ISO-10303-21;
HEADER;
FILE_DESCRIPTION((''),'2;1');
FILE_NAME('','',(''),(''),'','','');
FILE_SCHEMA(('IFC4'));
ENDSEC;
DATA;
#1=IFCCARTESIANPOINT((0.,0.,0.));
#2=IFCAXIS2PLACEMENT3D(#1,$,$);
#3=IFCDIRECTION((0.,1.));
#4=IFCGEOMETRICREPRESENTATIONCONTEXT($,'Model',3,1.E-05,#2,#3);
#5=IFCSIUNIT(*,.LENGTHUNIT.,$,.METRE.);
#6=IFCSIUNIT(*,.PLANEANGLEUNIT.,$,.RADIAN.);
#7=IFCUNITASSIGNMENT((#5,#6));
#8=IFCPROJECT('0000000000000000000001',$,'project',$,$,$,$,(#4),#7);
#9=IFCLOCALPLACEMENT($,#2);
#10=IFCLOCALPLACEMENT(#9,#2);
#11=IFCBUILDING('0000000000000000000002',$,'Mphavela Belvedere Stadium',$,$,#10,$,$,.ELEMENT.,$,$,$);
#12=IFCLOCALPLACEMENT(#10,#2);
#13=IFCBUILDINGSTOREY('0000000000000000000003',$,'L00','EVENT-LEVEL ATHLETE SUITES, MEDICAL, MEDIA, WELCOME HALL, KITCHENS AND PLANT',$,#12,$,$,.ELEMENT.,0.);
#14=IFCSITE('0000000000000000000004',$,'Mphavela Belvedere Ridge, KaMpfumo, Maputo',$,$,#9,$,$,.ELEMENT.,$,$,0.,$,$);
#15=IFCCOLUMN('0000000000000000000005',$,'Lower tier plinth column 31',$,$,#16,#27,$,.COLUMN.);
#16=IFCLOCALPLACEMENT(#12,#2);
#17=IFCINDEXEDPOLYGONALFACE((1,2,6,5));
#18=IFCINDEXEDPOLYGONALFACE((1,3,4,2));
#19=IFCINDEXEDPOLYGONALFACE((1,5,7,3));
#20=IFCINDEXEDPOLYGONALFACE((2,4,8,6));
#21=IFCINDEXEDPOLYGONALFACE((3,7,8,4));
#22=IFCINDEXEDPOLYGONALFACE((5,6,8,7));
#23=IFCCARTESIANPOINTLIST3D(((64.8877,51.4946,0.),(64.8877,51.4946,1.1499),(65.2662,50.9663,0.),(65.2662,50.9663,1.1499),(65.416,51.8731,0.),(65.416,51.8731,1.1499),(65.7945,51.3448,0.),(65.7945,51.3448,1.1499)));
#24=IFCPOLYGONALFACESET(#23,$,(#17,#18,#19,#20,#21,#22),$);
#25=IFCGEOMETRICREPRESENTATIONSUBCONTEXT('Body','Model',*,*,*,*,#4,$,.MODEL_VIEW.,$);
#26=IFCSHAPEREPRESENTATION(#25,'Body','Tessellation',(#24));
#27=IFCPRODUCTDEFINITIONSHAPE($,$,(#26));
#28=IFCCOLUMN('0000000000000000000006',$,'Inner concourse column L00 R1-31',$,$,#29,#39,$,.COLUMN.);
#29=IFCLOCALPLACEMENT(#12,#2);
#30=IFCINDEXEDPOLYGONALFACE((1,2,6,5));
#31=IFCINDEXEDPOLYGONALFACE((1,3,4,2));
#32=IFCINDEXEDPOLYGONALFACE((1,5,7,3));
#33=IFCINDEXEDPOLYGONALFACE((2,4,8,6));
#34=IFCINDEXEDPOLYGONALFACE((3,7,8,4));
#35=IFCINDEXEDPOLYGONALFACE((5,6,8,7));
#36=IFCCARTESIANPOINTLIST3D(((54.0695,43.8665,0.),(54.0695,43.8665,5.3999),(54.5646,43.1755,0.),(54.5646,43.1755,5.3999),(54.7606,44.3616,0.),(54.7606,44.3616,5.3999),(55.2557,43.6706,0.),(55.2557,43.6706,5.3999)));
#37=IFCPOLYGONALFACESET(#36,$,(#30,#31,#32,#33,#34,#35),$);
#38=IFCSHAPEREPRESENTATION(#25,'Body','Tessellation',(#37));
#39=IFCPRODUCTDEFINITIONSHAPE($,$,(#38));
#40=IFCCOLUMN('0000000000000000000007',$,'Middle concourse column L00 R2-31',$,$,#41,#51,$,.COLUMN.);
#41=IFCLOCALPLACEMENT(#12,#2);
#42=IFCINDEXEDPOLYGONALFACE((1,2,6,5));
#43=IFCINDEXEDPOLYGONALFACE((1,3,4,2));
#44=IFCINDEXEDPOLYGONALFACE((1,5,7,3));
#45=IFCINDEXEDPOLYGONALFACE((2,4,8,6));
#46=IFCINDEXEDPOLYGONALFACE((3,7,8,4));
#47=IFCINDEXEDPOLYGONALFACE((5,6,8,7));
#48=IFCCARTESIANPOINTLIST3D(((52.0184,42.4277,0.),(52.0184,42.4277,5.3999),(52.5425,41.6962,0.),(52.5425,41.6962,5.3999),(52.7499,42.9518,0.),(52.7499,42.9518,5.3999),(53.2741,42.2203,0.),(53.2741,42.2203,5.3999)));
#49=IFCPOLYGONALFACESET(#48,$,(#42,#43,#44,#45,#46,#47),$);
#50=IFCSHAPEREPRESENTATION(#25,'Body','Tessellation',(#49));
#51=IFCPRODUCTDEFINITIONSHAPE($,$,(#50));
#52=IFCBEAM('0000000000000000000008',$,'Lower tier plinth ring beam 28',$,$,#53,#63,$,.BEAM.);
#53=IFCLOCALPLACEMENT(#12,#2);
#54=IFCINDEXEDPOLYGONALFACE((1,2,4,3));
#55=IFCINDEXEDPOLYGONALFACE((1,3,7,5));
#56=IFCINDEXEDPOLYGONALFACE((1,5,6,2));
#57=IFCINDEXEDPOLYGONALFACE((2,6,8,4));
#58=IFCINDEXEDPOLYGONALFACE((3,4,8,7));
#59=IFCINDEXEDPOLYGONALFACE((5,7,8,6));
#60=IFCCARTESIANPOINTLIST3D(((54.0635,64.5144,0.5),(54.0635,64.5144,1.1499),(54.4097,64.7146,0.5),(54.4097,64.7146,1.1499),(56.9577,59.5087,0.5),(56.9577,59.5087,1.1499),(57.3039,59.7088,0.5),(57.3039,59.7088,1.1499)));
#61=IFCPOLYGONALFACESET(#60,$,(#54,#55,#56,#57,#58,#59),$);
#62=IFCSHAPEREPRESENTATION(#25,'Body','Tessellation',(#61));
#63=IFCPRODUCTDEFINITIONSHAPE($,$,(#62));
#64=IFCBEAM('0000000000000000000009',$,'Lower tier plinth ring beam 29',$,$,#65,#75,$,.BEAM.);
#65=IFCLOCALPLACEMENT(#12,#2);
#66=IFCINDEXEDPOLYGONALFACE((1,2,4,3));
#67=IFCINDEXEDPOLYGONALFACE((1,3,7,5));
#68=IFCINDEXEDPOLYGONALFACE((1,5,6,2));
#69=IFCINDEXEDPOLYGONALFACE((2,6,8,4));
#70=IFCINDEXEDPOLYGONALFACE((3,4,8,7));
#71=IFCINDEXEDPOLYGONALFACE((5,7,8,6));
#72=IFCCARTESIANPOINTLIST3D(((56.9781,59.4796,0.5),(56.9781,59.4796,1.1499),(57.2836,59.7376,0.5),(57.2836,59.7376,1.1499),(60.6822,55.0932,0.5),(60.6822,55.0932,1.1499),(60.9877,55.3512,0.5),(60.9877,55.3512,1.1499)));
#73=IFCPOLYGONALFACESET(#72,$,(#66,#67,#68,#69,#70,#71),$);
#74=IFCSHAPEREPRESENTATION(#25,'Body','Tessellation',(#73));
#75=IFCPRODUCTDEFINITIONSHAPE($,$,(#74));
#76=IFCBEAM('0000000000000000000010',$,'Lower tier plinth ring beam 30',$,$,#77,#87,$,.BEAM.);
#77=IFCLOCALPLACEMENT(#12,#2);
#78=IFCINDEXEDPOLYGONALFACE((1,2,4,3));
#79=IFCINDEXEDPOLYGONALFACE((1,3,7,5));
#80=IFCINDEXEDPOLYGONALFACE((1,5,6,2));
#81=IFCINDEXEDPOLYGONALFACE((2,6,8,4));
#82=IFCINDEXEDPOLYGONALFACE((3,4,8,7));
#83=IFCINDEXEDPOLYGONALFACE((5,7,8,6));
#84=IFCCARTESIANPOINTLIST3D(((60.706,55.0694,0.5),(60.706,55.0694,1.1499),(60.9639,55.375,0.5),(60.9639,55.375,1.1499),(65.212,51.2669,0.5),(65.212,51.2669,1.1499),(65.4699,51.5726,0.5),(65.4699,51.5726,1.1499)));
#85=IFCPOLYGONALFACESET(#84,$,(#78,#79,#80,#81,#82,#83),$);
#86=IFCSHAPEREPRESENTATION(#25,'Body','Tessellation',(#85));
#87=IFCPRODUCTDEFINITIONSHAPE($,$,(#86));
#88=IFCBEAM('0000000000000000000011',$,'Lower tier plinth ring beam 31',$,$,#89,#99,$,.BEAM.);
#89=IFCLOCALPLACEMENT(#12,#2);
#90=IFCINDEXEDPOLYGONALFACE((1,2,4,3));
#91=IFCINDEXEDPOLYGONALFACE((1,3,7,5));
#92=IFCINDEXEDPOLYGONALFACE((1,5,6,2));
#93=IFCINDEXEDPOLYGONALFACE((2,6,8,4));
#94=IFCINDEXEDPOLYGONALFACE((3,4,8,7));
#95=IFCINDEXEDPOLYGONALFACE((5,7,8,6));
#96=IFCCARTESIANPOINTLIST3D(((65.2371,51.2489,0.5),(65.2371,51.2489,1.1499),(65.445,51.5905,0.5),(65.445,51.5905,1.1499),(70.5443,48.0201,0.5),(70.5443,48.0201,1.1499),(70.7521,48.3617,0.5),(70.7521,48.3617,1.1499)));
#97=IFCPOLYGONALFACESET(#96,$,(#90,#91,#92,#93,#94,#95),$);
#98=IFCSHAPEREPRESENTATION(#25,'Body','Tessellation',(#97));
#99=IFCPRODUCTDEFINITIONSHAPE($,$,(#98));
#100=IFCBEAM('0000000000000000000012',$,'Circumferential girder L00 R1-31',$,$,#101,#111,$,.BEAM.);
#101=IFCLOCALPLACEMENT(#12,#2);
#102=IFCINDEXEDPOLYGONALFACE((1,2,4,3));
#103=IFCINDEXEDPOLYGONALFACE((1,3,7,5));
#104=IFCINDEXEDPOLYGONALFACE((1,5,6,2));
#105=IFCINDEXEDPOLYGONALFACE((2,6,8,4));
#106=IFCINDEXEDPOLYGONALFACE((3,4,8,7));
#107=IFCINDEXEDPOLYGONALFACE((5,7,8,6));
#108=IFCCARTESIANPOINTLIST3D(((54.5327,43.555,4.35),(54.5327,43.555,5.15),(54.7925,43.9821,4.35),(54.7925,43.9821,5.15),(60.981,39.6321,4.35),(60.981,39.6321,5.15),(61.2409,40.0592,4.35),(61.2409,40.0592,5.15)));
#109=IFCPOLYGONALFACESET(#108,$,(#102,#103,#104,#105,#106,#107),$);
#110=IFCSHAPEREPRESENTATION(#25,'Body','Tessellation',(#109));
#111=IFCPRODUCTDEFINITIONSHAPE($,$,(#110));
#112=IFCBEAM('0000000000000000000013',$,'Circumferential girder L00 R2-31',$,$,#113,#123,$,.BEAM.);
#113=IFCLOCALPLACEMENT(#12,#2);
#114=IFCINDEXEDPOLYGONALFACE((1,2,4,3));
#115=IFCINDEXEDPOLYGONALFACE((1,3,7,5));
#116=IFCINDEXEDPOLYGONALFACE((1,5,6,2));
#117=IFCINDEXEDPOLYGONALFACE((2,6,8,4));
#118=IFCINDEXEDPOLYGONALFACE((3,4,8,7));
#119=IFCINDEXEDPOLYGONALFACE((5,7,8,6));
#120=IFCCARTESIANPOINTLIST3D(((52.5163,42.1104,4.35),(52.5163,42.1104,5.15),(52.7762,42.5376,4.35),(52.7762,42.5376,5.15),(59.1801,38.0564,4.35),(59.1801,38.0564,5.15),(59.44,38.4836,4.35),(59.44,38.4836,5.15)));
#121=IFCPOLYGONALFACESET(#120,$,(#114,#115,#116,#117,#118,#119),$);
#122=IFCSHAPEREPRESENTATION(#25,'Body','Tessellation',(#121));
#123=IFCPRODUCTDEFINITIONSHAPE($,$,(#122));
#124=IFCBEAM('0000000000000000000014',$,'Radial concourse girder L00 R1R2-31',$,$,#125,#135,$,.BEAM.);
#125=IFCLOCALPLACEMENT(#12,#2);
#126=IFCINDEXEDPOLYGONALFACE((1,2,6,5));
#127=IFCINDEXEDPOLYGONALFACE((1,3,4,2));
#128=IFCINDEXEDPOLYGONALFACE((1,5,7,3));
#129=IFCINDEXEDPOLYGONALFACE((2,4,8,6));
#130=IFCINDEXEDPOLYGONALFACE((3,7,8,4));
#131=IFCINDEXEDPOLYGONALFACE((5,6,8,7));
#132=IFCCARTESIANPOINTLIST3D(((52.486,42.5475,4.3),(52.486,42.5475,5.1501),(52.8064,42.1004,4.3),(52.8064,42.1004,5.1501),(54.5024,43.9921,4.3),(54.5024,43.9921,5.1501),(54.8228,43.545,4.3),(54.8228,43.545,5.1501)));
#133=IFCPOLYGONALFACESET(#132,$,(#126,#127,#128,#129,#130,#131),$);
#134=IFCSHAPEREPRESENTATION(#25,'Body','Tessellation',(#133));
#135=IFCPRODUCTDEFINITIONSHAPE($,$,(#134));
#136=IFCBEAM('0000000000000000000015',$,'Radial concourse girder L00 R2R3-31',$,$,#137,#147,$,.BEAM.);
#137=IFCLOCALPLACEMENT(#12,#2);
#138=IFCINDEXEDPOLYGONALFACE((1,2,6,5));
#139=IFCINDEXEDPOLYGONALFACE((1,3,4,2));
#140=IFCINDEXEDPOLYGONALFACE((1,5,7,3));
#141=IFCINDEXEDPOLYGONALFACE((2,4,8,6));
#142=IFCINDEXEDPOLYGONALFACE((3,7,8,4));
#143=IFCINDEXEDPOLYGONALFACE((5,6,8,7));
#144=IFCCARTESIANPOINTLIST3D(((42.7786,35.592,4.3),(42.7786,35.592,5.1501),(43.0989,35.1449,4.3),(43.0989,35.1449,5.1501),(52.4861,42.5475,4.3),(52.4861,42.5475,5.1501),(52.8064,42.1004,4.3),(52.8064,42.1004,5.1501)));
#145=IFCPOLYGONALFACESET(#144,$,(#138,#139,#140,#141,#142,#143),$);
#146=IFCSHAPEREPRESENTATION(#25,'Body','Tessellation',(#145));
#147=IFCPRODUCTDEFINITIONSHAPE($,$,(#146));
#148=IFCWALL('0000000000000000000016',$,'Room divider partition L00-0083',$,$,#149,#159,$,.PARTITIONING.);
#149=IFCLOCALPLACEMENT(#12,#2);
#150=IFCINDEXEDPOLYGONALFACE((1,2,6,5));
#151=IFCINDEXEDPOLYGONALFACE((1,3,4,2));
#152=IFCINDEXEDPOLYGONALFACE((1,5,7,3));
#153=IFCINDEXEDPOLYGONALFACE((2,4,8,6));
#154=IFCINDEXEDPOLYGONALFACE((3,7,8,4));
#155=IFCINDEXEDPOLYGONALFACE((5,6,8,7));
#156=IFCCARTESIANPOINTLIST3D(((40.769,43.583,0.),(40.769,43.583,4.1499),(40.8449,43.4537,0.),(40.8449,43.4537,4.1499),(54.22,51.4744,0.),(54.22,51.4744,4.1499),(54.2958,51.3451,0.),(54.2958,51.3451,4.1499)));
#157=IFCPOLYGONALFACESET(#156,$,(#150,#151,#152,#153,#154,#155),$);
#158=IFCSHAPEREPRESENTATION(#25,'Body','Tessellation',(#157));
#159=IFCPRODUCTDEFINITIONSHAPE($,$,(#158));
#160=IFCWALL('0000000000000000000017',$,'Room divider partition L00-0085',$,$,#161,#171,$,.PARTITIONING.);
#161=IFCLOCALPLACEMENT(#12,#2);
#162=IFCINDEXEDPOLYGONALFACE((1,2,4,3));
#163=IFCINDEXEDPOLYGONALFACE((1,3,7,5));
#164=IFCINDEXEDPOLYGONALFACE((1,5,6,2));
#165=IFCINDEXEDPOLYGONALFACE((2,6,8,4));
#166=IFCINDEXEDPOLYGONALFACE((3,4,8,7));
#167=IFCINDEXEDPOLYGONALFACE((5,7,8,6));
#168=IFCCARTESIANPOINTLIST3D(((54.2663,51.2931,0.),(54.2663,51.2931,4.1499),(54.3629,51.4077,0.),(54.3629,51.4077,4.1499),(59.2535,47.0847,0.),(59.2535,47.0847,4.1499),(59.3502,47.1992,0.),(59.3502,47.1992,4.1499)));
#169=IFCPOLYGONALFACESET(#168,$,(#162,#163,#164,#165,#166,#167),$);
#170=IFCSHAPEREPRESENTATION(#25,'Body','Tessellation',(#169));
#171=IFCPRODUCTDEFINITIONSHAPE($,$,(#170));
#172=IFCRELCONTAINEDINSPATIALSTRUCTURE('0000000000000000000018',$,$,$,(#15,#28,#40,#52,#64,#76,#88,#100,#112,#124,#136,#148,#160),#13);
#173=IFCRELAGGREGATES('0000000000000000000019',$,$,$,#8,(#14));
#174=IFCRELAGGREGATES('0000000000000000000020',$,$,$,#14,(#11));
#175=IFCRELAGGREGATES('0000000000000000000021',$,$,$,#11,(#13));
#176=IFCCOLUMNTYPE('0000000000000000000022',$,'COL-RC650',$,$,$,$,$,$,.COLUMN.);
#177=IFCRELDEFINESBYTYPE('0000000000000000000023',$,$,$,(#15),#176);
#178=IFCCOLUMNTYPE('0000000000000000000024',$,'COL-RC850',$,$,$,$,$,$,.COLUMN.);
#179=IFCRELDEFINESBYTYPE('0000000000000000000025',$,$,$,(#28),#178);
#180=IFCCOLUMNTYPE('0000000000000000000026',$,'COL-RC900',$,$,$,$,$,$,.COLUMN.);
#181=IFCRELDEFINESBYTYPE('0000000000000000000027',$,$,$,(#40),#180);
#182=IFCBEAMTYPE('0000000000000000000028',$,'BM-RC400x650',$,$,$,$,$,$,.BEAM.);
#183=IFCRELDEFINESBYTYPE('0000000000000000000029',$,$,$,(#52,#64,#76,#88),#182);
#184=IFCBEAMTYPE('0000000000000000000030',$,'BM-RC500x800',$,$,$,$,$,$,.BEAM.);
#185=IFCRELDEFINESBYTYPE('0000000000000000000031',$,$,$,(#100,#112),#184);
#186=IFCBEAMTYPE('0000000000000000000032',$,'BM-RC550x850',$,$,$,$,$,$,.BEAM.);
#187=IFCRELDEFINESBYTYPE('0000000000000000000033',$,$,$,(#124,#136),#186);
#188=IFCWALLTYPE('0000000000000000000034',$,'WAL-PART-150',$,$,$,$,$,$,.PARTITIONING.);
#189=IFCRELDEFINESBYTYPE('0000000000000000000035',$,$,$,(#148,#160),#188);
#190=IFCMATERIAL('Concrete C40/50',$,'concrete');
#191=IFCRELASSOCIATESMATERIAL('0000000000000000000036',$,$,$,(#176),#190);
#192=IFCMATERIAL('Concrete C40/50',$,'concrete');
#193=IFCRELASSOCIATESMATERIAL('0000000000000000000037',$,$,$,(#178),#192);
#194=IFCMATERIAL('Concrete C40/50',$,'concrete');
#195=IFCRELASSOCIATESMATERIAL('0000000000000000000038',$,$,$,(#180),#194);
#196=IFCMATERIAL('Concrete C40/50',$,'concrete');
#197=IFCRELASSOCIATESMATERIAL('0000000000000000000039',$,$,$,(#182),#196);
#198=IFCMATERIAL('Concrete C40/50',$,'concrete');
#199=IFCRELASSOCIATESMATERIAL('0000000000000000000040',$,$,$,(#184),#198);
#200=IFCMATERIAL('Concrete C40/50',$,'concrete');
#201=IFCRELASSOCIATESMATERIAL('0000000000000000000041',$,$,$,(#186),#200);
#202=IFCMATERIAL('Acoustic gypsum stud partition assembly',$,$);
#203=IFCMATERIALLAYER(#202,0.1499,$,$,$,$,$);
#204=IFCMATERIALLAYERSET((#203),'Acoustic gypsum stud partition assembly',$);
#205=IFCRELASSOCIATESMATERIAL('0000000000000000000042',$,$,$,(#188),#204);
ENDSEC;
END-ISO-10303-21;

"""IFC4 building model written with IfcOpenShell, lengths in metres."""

from ifc_helpers import new_model, si_unit, direction, frame, frame_2d, origin, origin_2d, place, context, subcontext, project, spatial, rectangle, extrude, material, layer, layer_set, material_profile, profile_set, type_object, element, save


model = new_model("IFC4")

# Units and contexts
model_context = context("Model", 3, precision=1e-05, world=origin(), true_north=direction((0.0, 1.0)))
body_context = subcontext(model_context, "Body", "Model", "MODEL_VIEW")
ifc_project = project(units=[si_unit("LENGTHUNIT", "METRE"), si_unit("PLANEANGLEUNIT", "RADIAN")], contexts=[model_context])

# Site, building, storey
site_placement = place(None, origin())
site = spatial("IfcSite", under=ifc_project, at=site_placement, Name="Mphavela Belvedere Ridge, KaMpfumo, Maputo", CompositionType="ELEMENT", RefElevation=0.0)
building_placement = place(site_placement, origin())
building = spatial("IfcBuilding", under=site, at=building_placement, Name="Mphavela Belvedere Stadium", CompositionType="ELEMENT")
storey_placement = place(building_placement, origin())
storey = spatial("IfcBuildingStorey", under=building, at=storey_placement, Name="L00", Description="EVENT-LEVEL ATHLETE SUITES, MEDICAL, MEDIA, WELCOME HALL, KITCHENS AND PLANT", CompositionType="ELEMENT", Elevation=0.0)

# Columns
ifc_material_1 = material(Name="Concrete C40/50", Category="concrete")
ifc_material_profile_1 = material_profile(ifc_material_1, rectangle(XDim=0.6499, YDim=0.6499, at=origin_2d()), Name="RC 650x650")
ifc_profile_set_1 = profile_set([ifc_material_profile_1], Name="Concrete C40/50")
column_type_1 = type_object("IfcColumnType", Name="COL-RC650", PredefinedType="COLUMN", material=ifc_profile_set_1)
for number, where, z_axis, x_axis, name in (
    (1, (65.3411, 51.4197, 0.0), (0.0, 0.0, 1.0), (-0.812898, -0.582407, 0.0), "Lower tier plinth column 31"),
):
    element("IfcColumn", number, at=place(storey_placement, frame(where, z_axis=z_axis, x_axis=x_axis)), inside=storey, type_object=column_type_1, Name=name, PredefinedType="COLUMN", context=body_context, shape_type="SweptSolid", body=[
        extrude(rectangle(XDim=0.6499, YDim=0.6499, at=origin_2d()), origin(), (0.0, 0.0, 1.0), 1.1499),
    ])
ifc_material_2 = material(Name="Concrete C40/50", Category="concrete")
ifc_material_profile_2 = material_profile(ifc_material_2, rectangle(XDim=0.8501, YDim=0.8501, at=origin_2d()), Name="RC 850x850")
ifc_profile_set_2 = profile_set([ifc_material_profile_2], Name="Concrete C40/50")
column_type_2 = type_object("IfcColumnType", Name="COL-RC850", PredefinedType="COLUMN", material=ifc_profile_set_2)
column_1_placement = place(storey_placement, frame((54.6626, 43.7686, 0.0), z_axis=(0.0, 0.0, 1.0), x_axis=(-0.812898, -0.582407, 0.0)))
element("IfcColumn", 2, at=column_1_placement, inside=storey, type_object=column_type_2, Name="Inner concourse column L00 R1-31", PredefinedType="COLUMN", context=body_context, shape_type="SweptSolid", body=[
    extrude(rectangle(XDim=0.8501, YDim=0.8501, at=origin_2d()), origin(), (0.0, 0.0, 1.0), 5.3999),
])
ifc_material_3 = material(Name="Concrete C40/50", Category="concrete")
ifc_material_profile_3 = material_profile(ifc_material_3, rectangle(XDim=0.8999, YDim=0.8999, at=origin_2d()), Name="RC 900x900")
ifc_profile_set_3 = profile_set([ifc_material_profile_3], Name="Concrete C40/50")
column_type_3 = type_object("IfcColumnType", Name="COL-RC900", PredefinedType="COLUMN", material=ifc_profile_set_3)
column_2_placement = place(storey_placement, frame((52.6462, 42.324, 0.0), z_axis=(0.0, 0.0, 1.0), x_axis=(-0.812898, -0.582407, 0.0)))
element("IfcColumn", 3, at=column_2_placement, inside=storey, type_object=column_type_3, Name="Middle concourse column L00 R2-31", PredefinedType="COLUMN", context=body_context, shape_type="SweptSolid", body=[
    extrude(rectangle(XDim=0.8999, YDim=0.8999, at=origin_2d()), origin(), (0.0, 0.0, 1.0), 5.3999),
])

# Beams
ifc_material_4 = material(Name="Concrete C40/50", Category="concrete")
ifc_material_profile_4 = material_profile(ifc_material_4, rectangle(XDim=0.3999, YDim=0.6499, at=origin_2d()), Name="RC 400x650")
ifc_profile_set_4 = profile_set([ifc_material_profile_4], Name="Concrete C40/50")
beam_type_1 = type_object("IfcBeamType", Name="BM-RC400x650", PredefinedType="BEAM", material=ifc_profile_set_4)
beam_1_placement = place(storey_placement, frame((54.2366, 64.6145, 0.825), z_axis=(0.500539, -0.865714, 0.0), x_axis=(0.865714, 0.500539, 0.0)))
element("IfcBeam", 4, at=beam_1_placement, inside=storey, type_object=beam_type_1, Name="Lower tier plinth ring beam 28", PredefinedType="BEAM", context=body_context, shape_type="SweptSolid", body=[
    extrude(rectangle(XDim=0.3999, YDim=0.6499, at=origin_2d()), origin(), (0.0, 0.0, 1.0), 5.7822),
])
beam_2_placement = place(storey_placement, frame((57.1309, 59.6086, 0.825), z_axis=(0.645178, -0.764033, 0.0), x_axis=(0.764033, 0.645178, 0.0)))
element("IfcBeam", 5, at=beam_2_placement, inside=storey, type_object=beam_type_1, Name="Lower tier plinth ring beam 29", PredefinedType="BEAM", context=body_context, shape_type="SweptSolid", body=[
    extrude(rectangle(XDim=0.3999, YDim=0.6499, at=origin_2d()), origin(), (0.0, 0.0, 1.0), 5.7412),
])
beam_3_placement = place(storey_placement, frame((60.835, 55.2222, 0.825), z_axis=(0.764253, -0.644917, 0.0), x_axis=(0.644917, 0.764253, 0.0)))
element("IfcBeam", 6, at=beam_3_placement, inside=storey, type_object=beam_type_1, Name="Lower tier plinth ring beam 30", PredefinedType="BEAM", context=body_context, shape_type="SweptSolid", body=[
    extrude(rectangle(XDim=0.3999, YDim=0.6499, at=origin_2d()), origin(), (0.0, 0.0, 1.0), 5.896),
])
beam_4_placement = place(storey_placement, frame((65.3411, 51.4197, 0.825), z_axis=(0.854318, -0.519751, 0.0), x_axis=(0.519751, 0.854318, 0.0)))
element("IfcBeam", 7, at=beam_4_placement, inside=storey, type_object=beam_type_1, Name="Lower tier plinth ring beam 31", PredefinedType="BEAM", context=body_context, shape_type="SweptSolid", body=[
    extrude(rectangle(XDim=0.3999, YDim=0.6499, at=origin_2d()), origin(), (0.0, 0.0, 1.0), 6.2122),
])
ifc_material_5 = material(Name="Concrete C40/50", Category="concrete")
ifc_material_profile_5 = material_profile(ifc_material_5, rectangle(XDim=0.5, YDim=0.8, at=origin_2d()), Name="RC 500x800")
ifc_profile_set_5 = profile_set([ifc_material_profile_5], Name="Concrete C40/50")
beam_type_2 = type_object("IfcBeamType", Name="BM-RC500x800", PredefinedType="BEAM", material=ifc_profile_set_5)
beam_5_placement = place(storey_placement, frame((54.6626, 43.7686, 4.75), z_axis=(0.854326, -0.519738, 0.0), x_axis=(0.519738, 0.854326, 0.0)))
element("IfcBeam", 8, at=beam_5_placement, inside=storey, type_object=beam_type_2, Name="Circumferential girder L00 R1-31", PredefinedType="BEAM", context=body_context, shape_type="SweptSolid", body=[
    extrude(rectangle(XDim=0.5, YDim=0.8, at=origin_2d()), origin(), (0.0, 0.0, 1.0), 7.5479),
])
beam_6_placement = place(storey_placement, frame((52.6462, 42.324, 4.75), z_axis=(0.854328, -0.519733, 0.0), x_axis=(0.519733, 0.854328, 0.0)))
element("IfcBeam", 9, at=beam_6_placement, inside=storey, type_object=beam_type_2, Name="Circumferential girder L00 R2-31", PredefinedType="BEAM", context=body_context, shape_type="SweptSolid", body=[
    extrude(rectangle(XDim=0.5, YDim=0.8, at=origin_2d()), origin(), (0.0, 0.0, 1.0), 7.8),
])
ifc_material_6 = material(Name="Concrete C40/50", Category="concrete")
ifc_material_profile_6 = material_profile(ifc_material_6, rectangle(XDim=0.55, YDim=0.8501, at=origin_2d()), Name="RC 550x850")
ifc_profile_set_6 = profile_set([ifc_material_profile_6], Name="Concrete C40/50")
beam_type_3 = type_object("IfcBeamType", Name="BM-RC550x850", PredefinedType="BEAM", material=ifc_profile_set_6)
beam_7_placement = place(storey_placement, frame((54.6626, 43.7686, 4.7251), z_axis=(-0.812908, -0.582392, 0.0), x_axis=(0.582392, -0.812908, 0.0)))
element("IfcBeam", 10, at=beam_7_placement, inside=storey, type_object=beam_type_3, Name="Radial concourse girder L00 R1R2-31", PredefinedType="BEAM", context=body_context, shape_type="SweptSolid", body=[
    extrude(rectangle(XDim=0.55, YDim=0.8501, at=origin_2d()), origin(), (0.0, 0.0, 1.0), 2.4805),
])
beam_8_placement = place(storey_placement, frame((52.6462, 42.324, 4.7251), z_axis=(-0.812876, -0.582437, 0.0), x_axis=(0.582437, -0.812876, 0.0)))
element("IfcBeam", 11, at=beam_8_placement, inside=storey, type_object=beam_type_3, Name="Radial concourse girder L00 R2R3-31", PredefinedType="BEAM", context=body_context, shape_type="SweptSolid", body=[
    extrude(rectangle(XDim=0.55, YDim=0.8501, at=origin_2d()), origin(), (0.0, 0.0, 1.0), 11.9421),
])

# Walls
ifc_material_7 = material(Name="Acoustic gypsum stud partition assembly")
ifc_layer = layer(ifc_material_7, 0.1499)
ifc_layer_set = layer_set([ifc_layer], Name="Acoustic gypsum stud partition assembly")
wall_type = type_object("IfcWallType", Name="WAL-PART-150", PredefinedType="PARTITIONING", material=ifc_layer_set)
wall_1_placement = place(storey_placement, frame((54.2578, 51.4097, 0.0), z_axis=(0.0, 0.0, 1.0), x_axis=(-0.862521, -0.506022, 0.0)))
element("IfcWall", 12, at=wall_1_placement, inside=storey, type_object=wall_type, Name="Room divider partition L00-0083", PredefinedType="PARTITIONING", context=body_context, shape_type="SweptSolid", body=[
    extrude(rectangle(XDim=15.595, YDim=0.1499, at=frame_2d((7.7974, 0.0))), origin(), (0.0, 0.0, 1.0), 4.1499),
])
wall_2_placement = place(storey_placement, frame((54.3147, 51.3503, 0.0), z_axis=(0.0, 0.0, 1.0), x_axis=(0.764257, -0.644912, 0.0)))
element("IfcWall", 13, at=wall_2_placement, inside=storey, type_object=wall_type, Name="Room divider partition L00-0085", PredefinedType="PARTITIONING", context=body_context, shape_type="SweptSolid", body=[
    extrude(rectangle(XDim=6.5256, YDim=0.1499, at=frame_2d((3.2627, 0.0))), origin(), (0.0, 0.0, 1.0), 4.1499),
])

save(model, "model.ifc")
